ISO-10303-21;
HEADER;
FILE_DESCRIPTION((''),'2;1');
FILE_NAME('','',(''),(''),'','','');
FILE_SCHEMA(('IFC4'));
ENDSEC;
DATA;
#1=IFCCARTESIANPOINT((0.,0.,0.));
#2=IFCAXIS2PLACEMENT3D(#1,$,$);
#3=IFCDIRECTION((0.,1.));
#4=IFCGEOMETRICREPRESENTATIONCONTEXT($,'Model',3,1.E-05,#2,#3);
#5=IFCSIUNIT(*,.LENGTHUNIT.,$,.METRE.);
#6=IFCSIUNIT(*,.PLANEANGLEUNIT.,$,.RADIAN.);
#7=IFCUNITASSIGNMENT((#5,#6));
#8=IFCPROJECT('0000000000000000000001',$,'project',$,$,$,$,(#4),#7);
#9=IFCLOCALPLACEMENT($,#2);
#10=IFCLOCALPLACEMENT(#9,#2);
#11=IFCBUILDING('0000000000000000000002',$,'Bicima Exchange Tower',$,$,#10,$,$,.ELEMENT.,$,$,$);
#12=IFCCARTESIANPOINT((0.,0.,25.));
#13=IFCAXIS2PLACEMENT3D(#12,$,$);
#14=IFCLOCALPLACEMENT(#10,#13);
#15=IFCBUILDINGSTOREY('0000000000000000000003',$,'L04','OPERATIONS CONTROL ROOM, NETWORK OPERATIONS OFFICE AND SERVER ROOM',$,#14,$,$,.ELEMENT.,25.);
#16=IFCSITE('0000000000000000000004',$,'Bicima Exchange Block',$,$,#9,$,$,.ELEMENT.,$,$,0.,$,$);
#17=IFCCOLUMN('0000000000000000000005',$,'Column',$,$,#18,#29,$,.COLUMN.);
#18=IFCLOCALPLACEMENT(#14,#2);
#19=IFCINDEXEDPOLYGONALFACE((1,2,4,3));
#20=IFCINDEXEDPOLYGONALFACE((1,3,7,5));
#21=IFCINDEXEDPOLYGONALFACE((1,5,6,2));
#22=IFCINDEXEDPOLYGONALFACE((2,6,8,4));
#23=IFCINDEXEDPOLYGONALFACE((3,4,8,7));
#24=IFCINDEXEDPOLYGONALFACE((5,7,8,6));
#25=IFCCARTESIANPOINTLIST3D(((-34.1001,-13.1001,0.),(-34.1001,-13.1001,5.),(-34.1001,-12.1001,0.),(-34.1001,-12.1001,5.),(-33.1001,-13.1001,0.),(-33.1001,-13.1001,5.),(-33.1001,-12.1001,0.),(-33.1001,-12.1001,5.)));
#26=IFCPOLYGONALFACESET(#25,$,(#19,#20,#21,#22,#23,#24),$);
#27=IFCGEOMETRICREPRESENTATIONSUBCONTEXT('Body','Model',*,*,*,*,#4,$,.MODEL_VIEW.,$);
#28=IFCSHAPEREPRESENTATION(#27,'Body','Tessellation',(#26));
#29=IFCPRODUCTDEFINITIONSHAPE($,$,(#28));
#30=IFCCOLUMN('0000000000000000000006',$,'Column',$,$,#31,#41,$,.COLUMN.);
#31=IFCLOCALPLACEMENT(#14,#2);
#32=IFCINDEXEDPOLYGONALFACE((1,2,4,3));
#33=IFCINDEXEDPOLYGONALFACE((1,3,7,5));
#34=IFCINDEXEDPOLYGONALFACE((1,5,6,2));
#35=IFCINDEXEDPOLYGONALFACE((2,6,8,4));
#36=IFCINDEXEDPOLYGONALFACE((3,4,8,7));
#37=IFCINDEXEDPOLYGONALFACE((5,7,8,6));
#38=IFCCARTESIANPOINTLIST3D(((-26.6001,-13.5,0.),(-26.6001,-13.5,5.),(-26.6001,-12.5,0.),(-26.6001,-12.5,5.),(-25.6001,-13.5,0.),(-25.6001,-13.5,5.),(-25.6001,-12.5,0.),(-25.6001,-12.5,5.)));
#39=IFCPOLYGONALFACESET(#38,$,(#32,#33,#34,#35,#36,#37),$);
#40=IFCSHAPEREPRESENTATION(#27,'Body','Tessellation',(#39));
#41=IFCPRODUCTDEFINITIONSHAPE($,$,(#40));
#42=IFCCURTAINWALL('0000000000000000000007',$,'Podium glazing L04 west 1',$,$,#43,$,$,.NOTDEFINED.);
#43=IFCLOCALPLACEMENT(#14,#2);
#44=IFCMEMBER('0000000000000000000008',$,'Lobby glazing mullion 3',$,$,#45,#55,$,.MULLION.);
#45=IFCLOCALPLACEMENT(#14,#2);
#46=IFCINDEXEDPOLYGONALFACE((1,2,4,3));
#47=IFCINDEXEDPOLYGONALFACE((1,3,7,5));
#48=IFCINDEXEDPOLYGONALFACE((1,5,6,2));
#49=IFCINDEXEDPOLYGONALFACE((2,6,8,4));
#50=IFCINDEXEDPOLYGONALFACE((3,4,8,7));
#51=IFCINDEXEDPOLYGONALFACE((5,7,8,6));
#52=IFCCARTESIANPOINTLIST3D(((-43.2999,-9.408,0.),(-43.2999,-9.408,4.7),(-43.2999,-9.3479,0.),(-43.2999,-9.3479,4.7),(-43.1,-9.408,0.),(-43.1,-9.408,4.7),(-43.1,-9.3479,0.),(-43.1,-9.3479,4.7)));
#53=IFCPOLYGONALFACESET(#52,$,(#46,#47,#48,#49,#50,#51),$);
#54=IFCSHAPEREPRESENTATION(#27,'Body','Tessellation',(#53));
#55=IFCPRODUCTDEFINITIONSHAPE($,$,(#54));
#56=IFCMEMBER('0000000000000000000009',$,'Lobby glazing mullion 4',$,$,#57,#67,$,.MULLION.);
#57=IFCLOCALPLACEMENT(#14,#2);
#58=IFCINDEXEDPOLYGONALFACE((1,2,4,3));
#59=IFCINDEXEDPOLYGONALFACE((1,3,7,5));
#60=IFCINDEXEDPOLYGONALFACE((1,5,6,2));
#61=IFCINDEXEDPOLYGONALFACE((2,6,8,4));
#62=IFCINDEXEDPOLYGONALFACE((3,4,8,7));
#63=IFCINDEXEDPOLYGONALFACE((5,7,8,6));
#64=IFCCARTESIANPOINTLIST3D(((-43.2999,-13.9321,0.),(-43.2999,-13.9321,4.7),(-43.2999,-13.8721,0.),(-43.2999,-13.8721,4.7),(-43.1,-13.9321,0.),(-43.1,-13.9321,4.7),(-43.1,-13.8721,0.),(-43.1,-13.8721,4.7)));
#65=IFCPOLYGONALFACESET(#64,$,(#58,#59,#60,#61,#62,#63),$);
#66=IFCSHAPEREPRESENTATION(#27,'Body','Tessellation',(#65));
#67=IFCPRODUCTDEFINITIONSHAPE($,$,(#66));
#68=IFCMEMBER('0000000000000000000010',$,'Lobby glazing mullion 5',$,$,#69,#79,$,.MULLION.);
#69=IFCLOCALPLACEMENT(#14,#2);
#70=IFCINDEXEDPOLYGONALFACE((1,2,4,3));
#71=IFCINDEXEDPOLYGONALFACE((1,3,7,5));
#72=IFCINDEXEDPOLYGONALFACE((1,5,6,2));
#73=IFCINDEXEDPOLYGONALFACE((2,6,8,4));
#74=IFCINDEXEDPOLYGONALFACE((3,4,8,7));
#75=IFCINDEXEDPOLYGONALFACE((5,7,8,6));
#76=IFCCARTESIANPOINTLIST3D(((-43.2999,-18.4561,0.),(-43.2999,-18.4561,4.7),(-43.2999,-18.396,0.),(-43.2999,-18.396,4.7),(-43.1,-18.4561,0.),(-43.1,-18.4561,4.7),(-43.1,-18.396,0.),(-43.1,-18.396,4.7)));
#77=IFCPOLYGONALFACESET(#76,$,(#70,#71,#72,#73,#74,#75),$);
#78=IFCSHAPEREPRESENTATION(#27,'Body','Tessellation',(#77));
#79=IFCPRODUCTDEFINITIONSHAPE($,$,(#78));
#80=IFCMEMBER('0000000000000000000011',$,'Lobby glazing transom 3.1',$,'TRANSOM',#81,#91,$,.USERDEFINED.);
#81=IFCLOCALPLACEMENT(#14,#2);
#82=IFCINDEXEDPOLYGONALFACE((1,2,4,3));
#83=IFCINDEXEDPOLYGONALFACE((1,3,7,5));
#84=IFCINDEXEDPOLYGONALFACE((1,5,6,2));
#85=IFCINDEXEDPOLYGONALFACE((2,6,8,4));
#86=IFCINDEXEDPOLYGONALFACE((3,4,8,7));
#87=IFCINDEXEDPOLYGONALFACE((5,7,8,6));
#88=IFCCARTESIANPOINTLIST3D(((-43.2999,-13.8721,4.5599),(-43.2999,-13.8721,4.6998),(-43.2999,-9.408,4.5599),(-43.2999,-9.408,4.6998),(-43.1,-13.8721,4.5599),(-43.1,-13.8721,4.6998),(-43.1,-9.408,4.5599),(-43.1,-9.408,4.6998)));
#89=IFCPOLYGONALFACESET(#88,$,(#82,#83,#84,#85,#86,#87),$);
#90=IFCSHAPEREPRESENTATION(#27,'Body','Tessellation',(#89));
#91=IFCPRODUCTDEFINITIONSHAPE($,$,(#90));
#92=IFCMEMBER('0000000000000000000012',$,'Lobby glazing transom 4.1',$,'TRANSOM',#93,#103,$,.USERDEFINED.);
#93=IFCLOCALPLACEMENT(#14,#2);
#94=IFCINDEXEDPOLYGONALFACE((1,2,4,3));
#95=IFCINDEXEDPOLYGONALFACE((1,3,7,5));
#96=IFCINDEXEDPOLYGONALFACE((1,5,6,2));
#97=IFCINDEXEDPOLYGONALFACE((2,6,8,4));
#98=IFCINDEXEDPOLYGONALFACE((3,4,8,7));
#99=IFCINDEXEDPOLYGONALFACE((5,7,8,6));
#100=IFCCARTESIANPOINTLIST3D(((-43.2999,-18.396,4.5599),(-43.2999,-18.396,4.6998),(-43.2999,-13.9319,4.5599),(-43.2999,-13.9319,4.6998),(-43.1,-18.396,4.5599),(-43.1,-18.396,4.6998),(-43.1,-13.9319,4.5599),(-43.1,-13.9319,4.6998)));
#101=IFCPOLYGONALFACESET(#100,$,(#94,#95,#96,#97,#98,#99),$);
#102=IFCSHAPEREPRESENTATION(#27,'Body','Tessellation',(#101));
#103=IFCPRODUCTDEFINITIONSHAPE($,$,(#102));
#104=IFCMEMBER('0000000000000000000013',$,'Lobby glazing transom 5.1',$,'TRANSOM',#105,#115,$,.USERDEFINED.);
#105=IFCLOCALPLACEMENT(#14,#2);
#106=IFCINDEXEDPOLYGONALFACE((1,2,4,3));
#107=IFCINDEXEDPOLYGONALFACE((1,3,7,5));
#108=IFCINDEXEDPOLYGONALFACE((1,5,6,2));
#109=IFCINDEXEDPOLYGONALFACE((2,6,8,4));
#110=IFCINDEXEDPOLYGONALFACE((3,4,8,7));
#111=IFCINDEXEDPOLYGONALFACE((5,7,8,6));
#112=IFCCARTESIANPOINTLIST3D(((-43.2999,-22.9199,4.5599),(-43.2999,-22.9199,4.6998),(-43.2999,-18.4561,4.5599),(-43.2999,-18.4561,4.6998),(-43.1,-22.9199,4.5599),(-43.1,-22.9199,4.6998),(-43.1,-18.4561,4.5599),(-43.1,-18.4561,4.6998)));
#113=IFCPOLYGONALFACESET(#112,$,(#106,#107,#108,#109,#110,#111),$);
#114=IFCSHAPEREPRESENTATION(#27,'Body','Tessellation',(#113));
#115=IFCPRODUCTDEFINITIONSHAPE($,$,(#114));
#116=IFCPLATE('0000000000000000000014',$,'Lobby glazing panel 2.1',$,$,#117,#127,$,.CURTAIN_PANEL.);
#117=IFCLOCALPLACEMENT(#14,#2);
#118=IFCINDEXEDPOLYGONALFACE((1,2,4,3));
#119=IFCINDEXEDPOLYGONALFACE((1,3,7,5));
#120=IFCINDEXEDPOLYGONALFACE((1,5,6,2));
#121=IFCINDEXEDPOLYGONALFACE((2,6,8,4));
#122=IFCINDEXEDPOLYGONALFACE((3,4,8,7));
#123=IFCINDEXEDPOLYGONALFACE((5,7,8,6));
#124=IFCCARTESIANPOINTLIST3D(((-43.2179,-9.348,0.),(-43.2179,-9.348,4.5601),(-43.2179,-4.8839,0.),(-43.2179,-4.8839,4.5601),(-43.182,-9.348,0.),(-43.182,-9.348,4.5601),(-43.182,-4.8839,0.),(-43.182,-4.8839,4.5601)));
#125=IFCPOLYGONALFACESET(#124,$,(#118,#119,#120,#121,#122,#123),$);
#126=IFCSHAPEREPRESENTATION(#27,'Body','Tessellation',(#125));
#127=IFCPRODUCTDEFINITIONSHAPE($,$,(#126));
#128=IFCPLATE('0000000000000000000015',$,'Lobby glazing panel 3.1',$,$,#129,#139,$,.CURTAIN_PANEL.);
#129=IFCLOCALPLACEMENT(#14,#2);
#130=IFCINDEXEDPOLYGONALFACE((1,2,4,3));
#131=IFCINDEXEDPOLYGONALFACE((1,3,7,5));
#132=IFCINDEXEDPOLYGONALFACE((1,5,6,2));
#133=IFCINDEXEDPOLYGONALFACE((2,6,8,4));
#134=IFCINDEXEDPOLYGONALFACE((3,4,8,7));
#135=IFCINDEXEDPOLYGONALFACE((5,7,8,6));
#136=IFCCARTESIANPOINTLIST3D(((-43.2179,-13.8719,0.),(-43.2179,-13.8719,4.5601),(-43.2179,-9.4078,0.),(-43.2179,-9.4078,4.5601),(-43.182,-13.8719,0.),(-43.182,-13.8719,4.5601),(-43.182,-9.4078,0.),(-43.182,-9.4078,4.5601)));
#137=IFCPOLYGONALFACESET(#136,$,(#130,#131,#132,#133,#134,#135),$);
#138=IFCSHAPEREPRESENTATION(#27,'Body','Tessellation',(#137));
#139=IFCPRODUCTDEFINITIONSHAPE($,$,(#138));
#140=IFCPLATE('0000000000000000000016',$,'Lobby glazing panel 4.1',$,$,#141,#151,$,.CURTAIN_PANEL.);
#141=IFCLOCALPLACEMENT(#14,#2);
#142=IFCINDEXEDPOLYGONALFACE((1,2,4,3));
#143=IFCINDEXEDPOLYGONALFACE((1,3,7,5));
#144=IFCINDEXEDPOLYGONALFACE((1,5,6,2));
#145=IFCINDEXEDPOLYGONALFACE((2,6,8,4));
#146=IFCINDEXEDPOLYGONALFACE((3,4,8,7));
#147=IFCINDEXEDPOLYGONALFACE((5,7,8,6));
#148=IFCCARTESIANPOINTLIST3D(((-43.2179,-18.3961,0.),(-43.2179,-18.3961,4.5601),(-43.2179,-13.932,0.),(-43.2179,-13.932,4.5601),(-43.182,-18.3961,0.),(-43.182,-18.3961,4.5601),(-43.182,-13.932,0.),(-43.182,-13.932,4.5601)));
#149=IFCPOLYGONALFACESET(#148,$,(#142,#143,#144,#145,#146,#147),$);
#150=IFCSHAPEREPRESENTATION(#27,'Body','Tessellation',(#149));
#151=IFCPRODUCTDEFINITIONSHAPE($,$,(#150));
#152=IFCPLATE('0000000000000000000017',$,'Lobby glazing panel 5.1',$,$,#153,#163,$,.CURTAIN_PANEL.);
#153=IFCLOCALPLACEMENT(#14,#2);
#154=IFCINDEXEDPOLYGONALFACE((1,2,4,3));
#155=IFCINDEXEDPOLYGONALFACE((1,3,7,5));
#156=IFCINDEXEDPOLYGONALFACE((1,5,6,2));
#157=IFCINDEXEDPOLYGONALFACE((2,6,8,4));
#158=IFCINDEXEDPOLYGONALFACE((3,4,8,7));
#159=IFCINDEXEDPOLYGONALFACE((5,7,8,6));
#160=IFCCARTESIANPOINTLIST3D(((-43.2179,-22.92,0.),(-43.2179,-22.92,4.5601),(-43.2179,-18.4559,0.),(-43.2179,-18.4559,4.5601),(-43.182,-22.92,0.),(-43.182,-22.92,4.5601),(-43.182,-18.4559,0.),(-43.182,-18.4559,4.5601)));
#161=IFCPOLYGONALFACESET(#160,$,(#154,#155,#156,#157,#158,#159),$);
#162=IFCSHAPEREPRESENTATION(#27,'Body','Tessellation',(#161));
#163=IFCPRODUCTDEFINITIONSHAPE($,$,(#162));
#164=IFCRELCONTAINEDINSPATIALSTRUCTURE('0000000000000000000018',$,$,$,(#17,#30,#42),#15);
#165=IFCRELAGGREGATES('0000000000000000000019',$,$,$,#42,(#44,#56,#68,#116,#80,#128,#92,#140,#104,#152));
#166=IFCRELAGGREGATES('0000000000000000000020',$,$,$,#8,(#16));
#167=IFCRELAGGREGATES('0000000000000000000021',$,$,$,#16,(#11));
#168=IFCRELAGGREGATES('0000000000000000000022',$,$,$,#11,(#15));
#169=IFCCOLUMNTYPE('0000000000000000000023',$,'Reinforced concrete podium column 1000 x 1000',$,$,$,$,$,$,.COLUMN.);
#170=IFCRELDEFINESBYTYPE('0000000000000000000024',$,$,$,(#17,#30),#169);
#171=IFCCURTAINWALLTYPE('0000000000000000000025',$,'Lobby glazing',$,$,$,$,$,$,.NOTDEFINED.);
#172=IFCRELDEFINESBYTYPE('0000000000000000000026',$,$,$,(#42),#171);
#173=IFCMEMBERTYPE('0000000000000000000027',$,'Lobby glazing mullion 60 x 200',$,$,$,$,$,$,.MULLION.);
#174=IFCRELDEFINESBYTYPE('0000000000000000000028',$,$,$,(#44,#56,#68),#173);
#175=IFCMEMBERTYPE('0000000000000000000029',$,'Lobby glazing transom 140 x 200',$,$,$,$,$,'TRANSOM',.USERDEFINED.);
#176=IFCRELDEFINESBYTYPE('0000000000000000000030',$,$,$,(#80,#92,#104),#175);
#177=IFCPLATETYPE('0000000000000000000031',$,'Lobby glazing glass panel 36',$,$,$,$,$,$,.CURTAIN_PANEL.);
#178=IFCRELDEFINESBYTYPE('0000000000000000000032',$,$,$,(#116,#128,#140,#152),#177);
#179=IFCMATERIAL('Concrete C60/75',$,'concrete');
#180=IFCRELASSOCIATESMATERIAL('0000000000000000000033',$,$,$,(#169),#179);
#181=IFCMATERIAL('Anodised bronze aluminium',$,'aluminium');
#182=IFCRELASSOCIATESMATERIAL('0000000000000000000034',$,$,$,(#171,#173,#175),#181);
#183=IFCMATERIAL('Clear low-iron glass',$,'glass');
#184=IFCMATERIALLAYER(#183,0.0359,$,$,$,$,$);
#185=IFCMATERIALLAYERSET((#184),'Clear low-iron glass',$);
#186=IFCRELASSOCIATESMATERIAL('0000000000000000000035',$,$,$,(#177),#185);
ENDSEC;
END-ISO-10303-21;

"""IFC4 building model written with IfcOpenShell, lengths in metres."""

from ifc_helpers import new_model, si_unit, direction, frame, origin, origin_2d, place, context, subcontext, project, spatial, rectangle, extrude, material, layer, layer_set, material_profile, profile_set, type_object, element, aggregate, save


model = new_model("IFC4")

# Units and contexts
model_context = context("Model", 3, precision=1e-05, world=origin(), true_north=direction((0.0, 1.0)))
body_context = subcontext(model_context, "Body", "Model", "MODEL_VIEW")
ifc_project = project(units=[si_unit("LENGTHUNIT", "METRE"), si_unit("PLANEANGLEUNIT", "RADIAN")], contexts=[model_context])

# Site, building, storey
site_placement = place(None, origin())
site = spatial("IfcSite", under=ifc_project, at=site_placement, Name="Bicima Exchange Block", CompositionType="ELEMENT", RefElevation=0.0)
building_placement = place(site_placement, origin())
building = spatial("IfcBuilding", under=site, at=building_placement, Name="Bicima Exchange Tower", CompositionType="ELEMENT")
storey_placement = place(building_placement, frame((0.0, 0.0, 25.0)))
storey = spatial("IfcBuildingStorey", under=building, at=storey_placement, Name="L04", Description="OPERATIONS CONTROL ROOM, NETWORK OPERATIONS OFFICE AND SERVER ROOM", CompositionType="ELEMENT", Elevation=25.0)

# Columns
ifc_material_1 = material(Name="Concrete C60/75", Category="concrete")
ifc_material_profile_1 = material_profile(ifc_material_1, rectangle(XDim=1.0, YDim=1.0, at=origin_2d()))
ifc_profile_set_1 = profile_set([ifc_material_profile_1], Name="Concrete C60/75")
column_type = type_object("IfcColumnType", Name="Reinforced concrete podium column 1000 x 1000", PredefinedType="COLUMN", material=ifc_profile_set_1)
for number, where, z_axis, x_axis, name in (
    (1, (-33.6001, -12.6001, 0.0), (0.0, 0.0, 1.0), (1.0, 0.0, 0.0), "Column"),
    (2, (-26.1001, -13.0, 0.0), (0.0, 0.0, 1.0), (1.0, 0.0, 0.0), "Column"),
):
    element("IfcColumn", number, at=place(storey_placement, frame(where, z_axis=z_axis, x_axis=x_axis)), inside=storey, type_object=column_type, Name=name, PredefinedType="COLUMN", context=body_context, shape_type="SweptSolid", body=[
        extrude(rectangle(XDim=1.0, YDim=1.0, at=origin_2d()), origin(), (0.0, 0.0, 1.0), 5.0),
    ])

# Curtain wall, members, plates
ifc_material_2 = material(Name="Anodised bronze aluminium", Category="aluminium")
curtain_wall_type = type_object("IfcCurtainWallType", Name="Lobby glazing", PredefinedType="NOTDEFINED", material=ifc_material_2)
curtain_wall_placement = place(storey_placement, origin())
curtain_wall = element("IfcCurtainWall", 3, at=curtain_wall_placement, inside=storey, type_object=curtain_wall_type, Name="Podium glazing L04 west 1", PredefinedType="NOTDEFINED")
ifc_material_profile_2 = material_profile(ifc_material_2, rectangle(XDim=0.2, YDim=0.0601, at=origin_2d()))
ifc_profile_set_2 = profile_set([ifc_material_profile_2], Name="Anodised bronze aluminium")
member_type_1 = type_object("IfcMemberType", Name="Lobby glazing mullion 60 x 200", PredefinedType="MULLION", material=ifc_profile_set_2)
member_1_placement = place(storey_placement, frame((-43.2, -9.3779, 0.0), z_axis=(0.0, 0.0, 1.0), x_axis=(1.0, 0.0, 0.0)))
member_1 = element("IfcMember", 4, at=member_1_placement, type_object=member_type_1, Name="Lobby glazing mullion 3", PredefinedType="MULLION", context=body_context, shape_type="SweptSolid", body=[
    extrude(rectangle(XDim=0.2, YDim=0.0601, at=origin_2d()), origin(), (0.0, 0.0, 1.0), 4.7),
])
member_2_placement = place(storey_placement, frame((-43.2, -13.9021, 0.0), z_axis=(0.0, 0.0, 1.0), x_axis=(1.0, 0.0, 0.0)))
member_2 = element("IfcMember", 5, at=member_2_placement, type_object=member_type_1, Name="Lobby glazing mullion 4", PredefinedType="MULLION", context=body_context, shape_type="SweptSolid", body=[
    extrude(rectangle(XDim=0.2, YDim=0.0601, at=origin_2d()), origin(), (0.0, 0.0, 1.0), 4.7),
])
member_3_placement = place(storey_placement, frame((-43.2, -18.426, 0.0), z_axis=(0.0, 0.0, 1.0), x_axis=(1.0, 0.0, 0.0)))
member_3 = element("IfcMember", 6, at=member_3_placement, type_object=member_type_1, Name="Lobby glazing mullion 5", PredefinedType="MULLION", context=body_context, shape_type="SweptSolid", body=[
    extrude(rectangle(XDim=0.2, YDim=0.0601, at=origin_2d()), origin(), (0.0, 0.0, 1.0), 4.7),
])
ifc_material_profile_3 = material_profile(ifc_material_2, rectangle(XDim=0.2, YDim=0.1399, at=origin_2d()))
ifc_profile_set_3 = profile_set([ifc_material_profile_3], Name="Anodised bronze aluminium")
member_type_2 = type_object("IfcMemberType", Name="Lobby glazing transom 140 x 200", ElementType="TRANSOM", PredefinedType="USERDEFINED", material=ifc_profile_set_3)
member_4_placement = place(storey_placement, frame((-43.2, -9.408, 4.6299), z_axis=(0.0, -1.0, 0.0), x_axis=(1.0, 0.0, 0.0)))
member_4 = element("IfcMember", 7, at=member_4_placement, type_object=member_type_2, Name="Lobby glazing transom 3.1", ObjectType="TRANSOM", PredefinedType="USERDEFINED", context=body_context, shape_type="SweptSolid", body=[
    extrude(rectangle(XDim=0.2, YDim=0.1399, at=origin_2d()), origin(), (0.0, 0.0, 1.0), 4.4641),
])
member_5_placement = place(storey_placement, frame((-43.2, -13.9319, 4.6299), z_axis=(0.0, -1.0, 0.0), x_axis=(1.0, 0.0, 0.0)))
member_5 = element("IfcMember", 8, at=member_5_placement, type_object=member_type_2, Name="Lobby glazing transom 4.1", ObjectType="TRANSOM", PredefinedType="USERDEFINED", context=body_context, shape_type="SweptSolid", body=[
    extrude(rectangle(XDim=0.2, YDim=0.1399, at=origin_2d()), origin(), (0.0, 0.0, 1.0), 4.4641),
])
member_6_placement = place(storey_placement, frame((-43.2, -18.4561, 4.6299), z_axis=(0.0, -1.0, 0.0), x_axis=(1.0, 0.0, 0.0)))
member_6 = element("IfcMember", 9, at=member_6_placement, type_object=member_type_2, Name="Lobby glazing transom 5.1", ObjectType="TRANSOM", PredefinedType="USERDEFINED", context=body_context, shape_type="SweptSolid", body=[
    extrude(rectangle(XDim=0.2, YDim=0.1399, at=origin_2d()), origin(), (0.0, 0.0, 1.0), 4.4639),
])
ifc_material_3 = material(Name="Clear low-iron glass", Category="glass")
ifc_layer_1 = layer(ifc_material_3, 0.0359)
ifc_layer_set_1 = layer_set([ifc_layer_1], Name="Clear low-iron glass")
plate_type = type_object("IfcPlateType", Name="Lobby glazing glass panel 36", PredefinedType="CURTAIN_PANEL", material=ifc_layer_set_1)
plate_1_placement = place(storey_placement, frame((-43.2, -7.116, 0.0), z_axis=(0.0, 0.0, 1.0), x_axis=(0.0, -1.0, 0.0)))
plate_1 = element("IfcPlate", 10, at=plate_1_placement, type_object=plate_type, Name="Lobby glazing panel 2.1", PredefinedType="CURTAIN_PANEL", context=body_context, shape_type="SweptSolid", body=[
    extrude(rectangle(XDim=4.4641, YDim=0.0359, at=origin_2d()), origin(), (0.0, 0.0, 1.0), 4.5601),
])
plate_2_placement = place(storey_placement, frame((-43.2, -11.6399, 0.0), z_axis=(0.0, 0.0, 1.0), x_axis=(0.0, -1.0, 0.0)))
plate_2 = element("IfcPlate", 11, at=plate_2_placement, type_object=plate_type, Name="Lobby glazing panel 3.1", PredefinedType="CURTAIN_PANEL", context=body_context, shape_type="SweptSolid", body=[
    extrude(rectangle(XDim=4.4641, YDim=0.0359, at=origin_2d()), origin(), (0.0, 0.0, 1.0), 4.5601),
])
plate_3_placement = place(storey_placement, frame((-43.2, -16.1641, 0.0), z_axis=(0.0, 0.0, 1.0), x_axis=(0.0, -1.0, 0.0)))
plate_3 = element("IfcPlate", 12, at=plate_3_placement, type_object=plate_type, Name="Lobby glazing panel 4.1", PredefinedType="CURTAIN_PANEL", context=body_context, shape_type="SweptSolid", body=[
    extrude(rectangle(XDim=4.4641, YDim=0.0359, at=origin_2d()), origin(), (0.0, 0.0, 1.0), 4.5601),
])
plate_4_placement = place(storey_placement, frame((-43.2, -20.688, 0.0), z_axis=(0.0, 0.0, 1.0), x_axis=(0.0, -1.0, 0.0)))
plate_4 = element("IfcPlate", 13, at=plate_4_placement, type_object=plate_type, Name="Lobby glazing panel 5.1", PredefinedType="CURTAIN_PANEL", context=body_context, shape_type="SweptSolid", body=[
    extrude(rectangle(XDim=4.4641, YDim=0.0359, at=origin_2d()), origin(), (0.0, 0.0, 1.0), 4.5601),
])
aggregate(curtain_wall, [member_1, member_2, member_3, plate_1, member_4, plate_2, member_5, plate_3, member_6, plate_4])

save(model, "model.ifc")
